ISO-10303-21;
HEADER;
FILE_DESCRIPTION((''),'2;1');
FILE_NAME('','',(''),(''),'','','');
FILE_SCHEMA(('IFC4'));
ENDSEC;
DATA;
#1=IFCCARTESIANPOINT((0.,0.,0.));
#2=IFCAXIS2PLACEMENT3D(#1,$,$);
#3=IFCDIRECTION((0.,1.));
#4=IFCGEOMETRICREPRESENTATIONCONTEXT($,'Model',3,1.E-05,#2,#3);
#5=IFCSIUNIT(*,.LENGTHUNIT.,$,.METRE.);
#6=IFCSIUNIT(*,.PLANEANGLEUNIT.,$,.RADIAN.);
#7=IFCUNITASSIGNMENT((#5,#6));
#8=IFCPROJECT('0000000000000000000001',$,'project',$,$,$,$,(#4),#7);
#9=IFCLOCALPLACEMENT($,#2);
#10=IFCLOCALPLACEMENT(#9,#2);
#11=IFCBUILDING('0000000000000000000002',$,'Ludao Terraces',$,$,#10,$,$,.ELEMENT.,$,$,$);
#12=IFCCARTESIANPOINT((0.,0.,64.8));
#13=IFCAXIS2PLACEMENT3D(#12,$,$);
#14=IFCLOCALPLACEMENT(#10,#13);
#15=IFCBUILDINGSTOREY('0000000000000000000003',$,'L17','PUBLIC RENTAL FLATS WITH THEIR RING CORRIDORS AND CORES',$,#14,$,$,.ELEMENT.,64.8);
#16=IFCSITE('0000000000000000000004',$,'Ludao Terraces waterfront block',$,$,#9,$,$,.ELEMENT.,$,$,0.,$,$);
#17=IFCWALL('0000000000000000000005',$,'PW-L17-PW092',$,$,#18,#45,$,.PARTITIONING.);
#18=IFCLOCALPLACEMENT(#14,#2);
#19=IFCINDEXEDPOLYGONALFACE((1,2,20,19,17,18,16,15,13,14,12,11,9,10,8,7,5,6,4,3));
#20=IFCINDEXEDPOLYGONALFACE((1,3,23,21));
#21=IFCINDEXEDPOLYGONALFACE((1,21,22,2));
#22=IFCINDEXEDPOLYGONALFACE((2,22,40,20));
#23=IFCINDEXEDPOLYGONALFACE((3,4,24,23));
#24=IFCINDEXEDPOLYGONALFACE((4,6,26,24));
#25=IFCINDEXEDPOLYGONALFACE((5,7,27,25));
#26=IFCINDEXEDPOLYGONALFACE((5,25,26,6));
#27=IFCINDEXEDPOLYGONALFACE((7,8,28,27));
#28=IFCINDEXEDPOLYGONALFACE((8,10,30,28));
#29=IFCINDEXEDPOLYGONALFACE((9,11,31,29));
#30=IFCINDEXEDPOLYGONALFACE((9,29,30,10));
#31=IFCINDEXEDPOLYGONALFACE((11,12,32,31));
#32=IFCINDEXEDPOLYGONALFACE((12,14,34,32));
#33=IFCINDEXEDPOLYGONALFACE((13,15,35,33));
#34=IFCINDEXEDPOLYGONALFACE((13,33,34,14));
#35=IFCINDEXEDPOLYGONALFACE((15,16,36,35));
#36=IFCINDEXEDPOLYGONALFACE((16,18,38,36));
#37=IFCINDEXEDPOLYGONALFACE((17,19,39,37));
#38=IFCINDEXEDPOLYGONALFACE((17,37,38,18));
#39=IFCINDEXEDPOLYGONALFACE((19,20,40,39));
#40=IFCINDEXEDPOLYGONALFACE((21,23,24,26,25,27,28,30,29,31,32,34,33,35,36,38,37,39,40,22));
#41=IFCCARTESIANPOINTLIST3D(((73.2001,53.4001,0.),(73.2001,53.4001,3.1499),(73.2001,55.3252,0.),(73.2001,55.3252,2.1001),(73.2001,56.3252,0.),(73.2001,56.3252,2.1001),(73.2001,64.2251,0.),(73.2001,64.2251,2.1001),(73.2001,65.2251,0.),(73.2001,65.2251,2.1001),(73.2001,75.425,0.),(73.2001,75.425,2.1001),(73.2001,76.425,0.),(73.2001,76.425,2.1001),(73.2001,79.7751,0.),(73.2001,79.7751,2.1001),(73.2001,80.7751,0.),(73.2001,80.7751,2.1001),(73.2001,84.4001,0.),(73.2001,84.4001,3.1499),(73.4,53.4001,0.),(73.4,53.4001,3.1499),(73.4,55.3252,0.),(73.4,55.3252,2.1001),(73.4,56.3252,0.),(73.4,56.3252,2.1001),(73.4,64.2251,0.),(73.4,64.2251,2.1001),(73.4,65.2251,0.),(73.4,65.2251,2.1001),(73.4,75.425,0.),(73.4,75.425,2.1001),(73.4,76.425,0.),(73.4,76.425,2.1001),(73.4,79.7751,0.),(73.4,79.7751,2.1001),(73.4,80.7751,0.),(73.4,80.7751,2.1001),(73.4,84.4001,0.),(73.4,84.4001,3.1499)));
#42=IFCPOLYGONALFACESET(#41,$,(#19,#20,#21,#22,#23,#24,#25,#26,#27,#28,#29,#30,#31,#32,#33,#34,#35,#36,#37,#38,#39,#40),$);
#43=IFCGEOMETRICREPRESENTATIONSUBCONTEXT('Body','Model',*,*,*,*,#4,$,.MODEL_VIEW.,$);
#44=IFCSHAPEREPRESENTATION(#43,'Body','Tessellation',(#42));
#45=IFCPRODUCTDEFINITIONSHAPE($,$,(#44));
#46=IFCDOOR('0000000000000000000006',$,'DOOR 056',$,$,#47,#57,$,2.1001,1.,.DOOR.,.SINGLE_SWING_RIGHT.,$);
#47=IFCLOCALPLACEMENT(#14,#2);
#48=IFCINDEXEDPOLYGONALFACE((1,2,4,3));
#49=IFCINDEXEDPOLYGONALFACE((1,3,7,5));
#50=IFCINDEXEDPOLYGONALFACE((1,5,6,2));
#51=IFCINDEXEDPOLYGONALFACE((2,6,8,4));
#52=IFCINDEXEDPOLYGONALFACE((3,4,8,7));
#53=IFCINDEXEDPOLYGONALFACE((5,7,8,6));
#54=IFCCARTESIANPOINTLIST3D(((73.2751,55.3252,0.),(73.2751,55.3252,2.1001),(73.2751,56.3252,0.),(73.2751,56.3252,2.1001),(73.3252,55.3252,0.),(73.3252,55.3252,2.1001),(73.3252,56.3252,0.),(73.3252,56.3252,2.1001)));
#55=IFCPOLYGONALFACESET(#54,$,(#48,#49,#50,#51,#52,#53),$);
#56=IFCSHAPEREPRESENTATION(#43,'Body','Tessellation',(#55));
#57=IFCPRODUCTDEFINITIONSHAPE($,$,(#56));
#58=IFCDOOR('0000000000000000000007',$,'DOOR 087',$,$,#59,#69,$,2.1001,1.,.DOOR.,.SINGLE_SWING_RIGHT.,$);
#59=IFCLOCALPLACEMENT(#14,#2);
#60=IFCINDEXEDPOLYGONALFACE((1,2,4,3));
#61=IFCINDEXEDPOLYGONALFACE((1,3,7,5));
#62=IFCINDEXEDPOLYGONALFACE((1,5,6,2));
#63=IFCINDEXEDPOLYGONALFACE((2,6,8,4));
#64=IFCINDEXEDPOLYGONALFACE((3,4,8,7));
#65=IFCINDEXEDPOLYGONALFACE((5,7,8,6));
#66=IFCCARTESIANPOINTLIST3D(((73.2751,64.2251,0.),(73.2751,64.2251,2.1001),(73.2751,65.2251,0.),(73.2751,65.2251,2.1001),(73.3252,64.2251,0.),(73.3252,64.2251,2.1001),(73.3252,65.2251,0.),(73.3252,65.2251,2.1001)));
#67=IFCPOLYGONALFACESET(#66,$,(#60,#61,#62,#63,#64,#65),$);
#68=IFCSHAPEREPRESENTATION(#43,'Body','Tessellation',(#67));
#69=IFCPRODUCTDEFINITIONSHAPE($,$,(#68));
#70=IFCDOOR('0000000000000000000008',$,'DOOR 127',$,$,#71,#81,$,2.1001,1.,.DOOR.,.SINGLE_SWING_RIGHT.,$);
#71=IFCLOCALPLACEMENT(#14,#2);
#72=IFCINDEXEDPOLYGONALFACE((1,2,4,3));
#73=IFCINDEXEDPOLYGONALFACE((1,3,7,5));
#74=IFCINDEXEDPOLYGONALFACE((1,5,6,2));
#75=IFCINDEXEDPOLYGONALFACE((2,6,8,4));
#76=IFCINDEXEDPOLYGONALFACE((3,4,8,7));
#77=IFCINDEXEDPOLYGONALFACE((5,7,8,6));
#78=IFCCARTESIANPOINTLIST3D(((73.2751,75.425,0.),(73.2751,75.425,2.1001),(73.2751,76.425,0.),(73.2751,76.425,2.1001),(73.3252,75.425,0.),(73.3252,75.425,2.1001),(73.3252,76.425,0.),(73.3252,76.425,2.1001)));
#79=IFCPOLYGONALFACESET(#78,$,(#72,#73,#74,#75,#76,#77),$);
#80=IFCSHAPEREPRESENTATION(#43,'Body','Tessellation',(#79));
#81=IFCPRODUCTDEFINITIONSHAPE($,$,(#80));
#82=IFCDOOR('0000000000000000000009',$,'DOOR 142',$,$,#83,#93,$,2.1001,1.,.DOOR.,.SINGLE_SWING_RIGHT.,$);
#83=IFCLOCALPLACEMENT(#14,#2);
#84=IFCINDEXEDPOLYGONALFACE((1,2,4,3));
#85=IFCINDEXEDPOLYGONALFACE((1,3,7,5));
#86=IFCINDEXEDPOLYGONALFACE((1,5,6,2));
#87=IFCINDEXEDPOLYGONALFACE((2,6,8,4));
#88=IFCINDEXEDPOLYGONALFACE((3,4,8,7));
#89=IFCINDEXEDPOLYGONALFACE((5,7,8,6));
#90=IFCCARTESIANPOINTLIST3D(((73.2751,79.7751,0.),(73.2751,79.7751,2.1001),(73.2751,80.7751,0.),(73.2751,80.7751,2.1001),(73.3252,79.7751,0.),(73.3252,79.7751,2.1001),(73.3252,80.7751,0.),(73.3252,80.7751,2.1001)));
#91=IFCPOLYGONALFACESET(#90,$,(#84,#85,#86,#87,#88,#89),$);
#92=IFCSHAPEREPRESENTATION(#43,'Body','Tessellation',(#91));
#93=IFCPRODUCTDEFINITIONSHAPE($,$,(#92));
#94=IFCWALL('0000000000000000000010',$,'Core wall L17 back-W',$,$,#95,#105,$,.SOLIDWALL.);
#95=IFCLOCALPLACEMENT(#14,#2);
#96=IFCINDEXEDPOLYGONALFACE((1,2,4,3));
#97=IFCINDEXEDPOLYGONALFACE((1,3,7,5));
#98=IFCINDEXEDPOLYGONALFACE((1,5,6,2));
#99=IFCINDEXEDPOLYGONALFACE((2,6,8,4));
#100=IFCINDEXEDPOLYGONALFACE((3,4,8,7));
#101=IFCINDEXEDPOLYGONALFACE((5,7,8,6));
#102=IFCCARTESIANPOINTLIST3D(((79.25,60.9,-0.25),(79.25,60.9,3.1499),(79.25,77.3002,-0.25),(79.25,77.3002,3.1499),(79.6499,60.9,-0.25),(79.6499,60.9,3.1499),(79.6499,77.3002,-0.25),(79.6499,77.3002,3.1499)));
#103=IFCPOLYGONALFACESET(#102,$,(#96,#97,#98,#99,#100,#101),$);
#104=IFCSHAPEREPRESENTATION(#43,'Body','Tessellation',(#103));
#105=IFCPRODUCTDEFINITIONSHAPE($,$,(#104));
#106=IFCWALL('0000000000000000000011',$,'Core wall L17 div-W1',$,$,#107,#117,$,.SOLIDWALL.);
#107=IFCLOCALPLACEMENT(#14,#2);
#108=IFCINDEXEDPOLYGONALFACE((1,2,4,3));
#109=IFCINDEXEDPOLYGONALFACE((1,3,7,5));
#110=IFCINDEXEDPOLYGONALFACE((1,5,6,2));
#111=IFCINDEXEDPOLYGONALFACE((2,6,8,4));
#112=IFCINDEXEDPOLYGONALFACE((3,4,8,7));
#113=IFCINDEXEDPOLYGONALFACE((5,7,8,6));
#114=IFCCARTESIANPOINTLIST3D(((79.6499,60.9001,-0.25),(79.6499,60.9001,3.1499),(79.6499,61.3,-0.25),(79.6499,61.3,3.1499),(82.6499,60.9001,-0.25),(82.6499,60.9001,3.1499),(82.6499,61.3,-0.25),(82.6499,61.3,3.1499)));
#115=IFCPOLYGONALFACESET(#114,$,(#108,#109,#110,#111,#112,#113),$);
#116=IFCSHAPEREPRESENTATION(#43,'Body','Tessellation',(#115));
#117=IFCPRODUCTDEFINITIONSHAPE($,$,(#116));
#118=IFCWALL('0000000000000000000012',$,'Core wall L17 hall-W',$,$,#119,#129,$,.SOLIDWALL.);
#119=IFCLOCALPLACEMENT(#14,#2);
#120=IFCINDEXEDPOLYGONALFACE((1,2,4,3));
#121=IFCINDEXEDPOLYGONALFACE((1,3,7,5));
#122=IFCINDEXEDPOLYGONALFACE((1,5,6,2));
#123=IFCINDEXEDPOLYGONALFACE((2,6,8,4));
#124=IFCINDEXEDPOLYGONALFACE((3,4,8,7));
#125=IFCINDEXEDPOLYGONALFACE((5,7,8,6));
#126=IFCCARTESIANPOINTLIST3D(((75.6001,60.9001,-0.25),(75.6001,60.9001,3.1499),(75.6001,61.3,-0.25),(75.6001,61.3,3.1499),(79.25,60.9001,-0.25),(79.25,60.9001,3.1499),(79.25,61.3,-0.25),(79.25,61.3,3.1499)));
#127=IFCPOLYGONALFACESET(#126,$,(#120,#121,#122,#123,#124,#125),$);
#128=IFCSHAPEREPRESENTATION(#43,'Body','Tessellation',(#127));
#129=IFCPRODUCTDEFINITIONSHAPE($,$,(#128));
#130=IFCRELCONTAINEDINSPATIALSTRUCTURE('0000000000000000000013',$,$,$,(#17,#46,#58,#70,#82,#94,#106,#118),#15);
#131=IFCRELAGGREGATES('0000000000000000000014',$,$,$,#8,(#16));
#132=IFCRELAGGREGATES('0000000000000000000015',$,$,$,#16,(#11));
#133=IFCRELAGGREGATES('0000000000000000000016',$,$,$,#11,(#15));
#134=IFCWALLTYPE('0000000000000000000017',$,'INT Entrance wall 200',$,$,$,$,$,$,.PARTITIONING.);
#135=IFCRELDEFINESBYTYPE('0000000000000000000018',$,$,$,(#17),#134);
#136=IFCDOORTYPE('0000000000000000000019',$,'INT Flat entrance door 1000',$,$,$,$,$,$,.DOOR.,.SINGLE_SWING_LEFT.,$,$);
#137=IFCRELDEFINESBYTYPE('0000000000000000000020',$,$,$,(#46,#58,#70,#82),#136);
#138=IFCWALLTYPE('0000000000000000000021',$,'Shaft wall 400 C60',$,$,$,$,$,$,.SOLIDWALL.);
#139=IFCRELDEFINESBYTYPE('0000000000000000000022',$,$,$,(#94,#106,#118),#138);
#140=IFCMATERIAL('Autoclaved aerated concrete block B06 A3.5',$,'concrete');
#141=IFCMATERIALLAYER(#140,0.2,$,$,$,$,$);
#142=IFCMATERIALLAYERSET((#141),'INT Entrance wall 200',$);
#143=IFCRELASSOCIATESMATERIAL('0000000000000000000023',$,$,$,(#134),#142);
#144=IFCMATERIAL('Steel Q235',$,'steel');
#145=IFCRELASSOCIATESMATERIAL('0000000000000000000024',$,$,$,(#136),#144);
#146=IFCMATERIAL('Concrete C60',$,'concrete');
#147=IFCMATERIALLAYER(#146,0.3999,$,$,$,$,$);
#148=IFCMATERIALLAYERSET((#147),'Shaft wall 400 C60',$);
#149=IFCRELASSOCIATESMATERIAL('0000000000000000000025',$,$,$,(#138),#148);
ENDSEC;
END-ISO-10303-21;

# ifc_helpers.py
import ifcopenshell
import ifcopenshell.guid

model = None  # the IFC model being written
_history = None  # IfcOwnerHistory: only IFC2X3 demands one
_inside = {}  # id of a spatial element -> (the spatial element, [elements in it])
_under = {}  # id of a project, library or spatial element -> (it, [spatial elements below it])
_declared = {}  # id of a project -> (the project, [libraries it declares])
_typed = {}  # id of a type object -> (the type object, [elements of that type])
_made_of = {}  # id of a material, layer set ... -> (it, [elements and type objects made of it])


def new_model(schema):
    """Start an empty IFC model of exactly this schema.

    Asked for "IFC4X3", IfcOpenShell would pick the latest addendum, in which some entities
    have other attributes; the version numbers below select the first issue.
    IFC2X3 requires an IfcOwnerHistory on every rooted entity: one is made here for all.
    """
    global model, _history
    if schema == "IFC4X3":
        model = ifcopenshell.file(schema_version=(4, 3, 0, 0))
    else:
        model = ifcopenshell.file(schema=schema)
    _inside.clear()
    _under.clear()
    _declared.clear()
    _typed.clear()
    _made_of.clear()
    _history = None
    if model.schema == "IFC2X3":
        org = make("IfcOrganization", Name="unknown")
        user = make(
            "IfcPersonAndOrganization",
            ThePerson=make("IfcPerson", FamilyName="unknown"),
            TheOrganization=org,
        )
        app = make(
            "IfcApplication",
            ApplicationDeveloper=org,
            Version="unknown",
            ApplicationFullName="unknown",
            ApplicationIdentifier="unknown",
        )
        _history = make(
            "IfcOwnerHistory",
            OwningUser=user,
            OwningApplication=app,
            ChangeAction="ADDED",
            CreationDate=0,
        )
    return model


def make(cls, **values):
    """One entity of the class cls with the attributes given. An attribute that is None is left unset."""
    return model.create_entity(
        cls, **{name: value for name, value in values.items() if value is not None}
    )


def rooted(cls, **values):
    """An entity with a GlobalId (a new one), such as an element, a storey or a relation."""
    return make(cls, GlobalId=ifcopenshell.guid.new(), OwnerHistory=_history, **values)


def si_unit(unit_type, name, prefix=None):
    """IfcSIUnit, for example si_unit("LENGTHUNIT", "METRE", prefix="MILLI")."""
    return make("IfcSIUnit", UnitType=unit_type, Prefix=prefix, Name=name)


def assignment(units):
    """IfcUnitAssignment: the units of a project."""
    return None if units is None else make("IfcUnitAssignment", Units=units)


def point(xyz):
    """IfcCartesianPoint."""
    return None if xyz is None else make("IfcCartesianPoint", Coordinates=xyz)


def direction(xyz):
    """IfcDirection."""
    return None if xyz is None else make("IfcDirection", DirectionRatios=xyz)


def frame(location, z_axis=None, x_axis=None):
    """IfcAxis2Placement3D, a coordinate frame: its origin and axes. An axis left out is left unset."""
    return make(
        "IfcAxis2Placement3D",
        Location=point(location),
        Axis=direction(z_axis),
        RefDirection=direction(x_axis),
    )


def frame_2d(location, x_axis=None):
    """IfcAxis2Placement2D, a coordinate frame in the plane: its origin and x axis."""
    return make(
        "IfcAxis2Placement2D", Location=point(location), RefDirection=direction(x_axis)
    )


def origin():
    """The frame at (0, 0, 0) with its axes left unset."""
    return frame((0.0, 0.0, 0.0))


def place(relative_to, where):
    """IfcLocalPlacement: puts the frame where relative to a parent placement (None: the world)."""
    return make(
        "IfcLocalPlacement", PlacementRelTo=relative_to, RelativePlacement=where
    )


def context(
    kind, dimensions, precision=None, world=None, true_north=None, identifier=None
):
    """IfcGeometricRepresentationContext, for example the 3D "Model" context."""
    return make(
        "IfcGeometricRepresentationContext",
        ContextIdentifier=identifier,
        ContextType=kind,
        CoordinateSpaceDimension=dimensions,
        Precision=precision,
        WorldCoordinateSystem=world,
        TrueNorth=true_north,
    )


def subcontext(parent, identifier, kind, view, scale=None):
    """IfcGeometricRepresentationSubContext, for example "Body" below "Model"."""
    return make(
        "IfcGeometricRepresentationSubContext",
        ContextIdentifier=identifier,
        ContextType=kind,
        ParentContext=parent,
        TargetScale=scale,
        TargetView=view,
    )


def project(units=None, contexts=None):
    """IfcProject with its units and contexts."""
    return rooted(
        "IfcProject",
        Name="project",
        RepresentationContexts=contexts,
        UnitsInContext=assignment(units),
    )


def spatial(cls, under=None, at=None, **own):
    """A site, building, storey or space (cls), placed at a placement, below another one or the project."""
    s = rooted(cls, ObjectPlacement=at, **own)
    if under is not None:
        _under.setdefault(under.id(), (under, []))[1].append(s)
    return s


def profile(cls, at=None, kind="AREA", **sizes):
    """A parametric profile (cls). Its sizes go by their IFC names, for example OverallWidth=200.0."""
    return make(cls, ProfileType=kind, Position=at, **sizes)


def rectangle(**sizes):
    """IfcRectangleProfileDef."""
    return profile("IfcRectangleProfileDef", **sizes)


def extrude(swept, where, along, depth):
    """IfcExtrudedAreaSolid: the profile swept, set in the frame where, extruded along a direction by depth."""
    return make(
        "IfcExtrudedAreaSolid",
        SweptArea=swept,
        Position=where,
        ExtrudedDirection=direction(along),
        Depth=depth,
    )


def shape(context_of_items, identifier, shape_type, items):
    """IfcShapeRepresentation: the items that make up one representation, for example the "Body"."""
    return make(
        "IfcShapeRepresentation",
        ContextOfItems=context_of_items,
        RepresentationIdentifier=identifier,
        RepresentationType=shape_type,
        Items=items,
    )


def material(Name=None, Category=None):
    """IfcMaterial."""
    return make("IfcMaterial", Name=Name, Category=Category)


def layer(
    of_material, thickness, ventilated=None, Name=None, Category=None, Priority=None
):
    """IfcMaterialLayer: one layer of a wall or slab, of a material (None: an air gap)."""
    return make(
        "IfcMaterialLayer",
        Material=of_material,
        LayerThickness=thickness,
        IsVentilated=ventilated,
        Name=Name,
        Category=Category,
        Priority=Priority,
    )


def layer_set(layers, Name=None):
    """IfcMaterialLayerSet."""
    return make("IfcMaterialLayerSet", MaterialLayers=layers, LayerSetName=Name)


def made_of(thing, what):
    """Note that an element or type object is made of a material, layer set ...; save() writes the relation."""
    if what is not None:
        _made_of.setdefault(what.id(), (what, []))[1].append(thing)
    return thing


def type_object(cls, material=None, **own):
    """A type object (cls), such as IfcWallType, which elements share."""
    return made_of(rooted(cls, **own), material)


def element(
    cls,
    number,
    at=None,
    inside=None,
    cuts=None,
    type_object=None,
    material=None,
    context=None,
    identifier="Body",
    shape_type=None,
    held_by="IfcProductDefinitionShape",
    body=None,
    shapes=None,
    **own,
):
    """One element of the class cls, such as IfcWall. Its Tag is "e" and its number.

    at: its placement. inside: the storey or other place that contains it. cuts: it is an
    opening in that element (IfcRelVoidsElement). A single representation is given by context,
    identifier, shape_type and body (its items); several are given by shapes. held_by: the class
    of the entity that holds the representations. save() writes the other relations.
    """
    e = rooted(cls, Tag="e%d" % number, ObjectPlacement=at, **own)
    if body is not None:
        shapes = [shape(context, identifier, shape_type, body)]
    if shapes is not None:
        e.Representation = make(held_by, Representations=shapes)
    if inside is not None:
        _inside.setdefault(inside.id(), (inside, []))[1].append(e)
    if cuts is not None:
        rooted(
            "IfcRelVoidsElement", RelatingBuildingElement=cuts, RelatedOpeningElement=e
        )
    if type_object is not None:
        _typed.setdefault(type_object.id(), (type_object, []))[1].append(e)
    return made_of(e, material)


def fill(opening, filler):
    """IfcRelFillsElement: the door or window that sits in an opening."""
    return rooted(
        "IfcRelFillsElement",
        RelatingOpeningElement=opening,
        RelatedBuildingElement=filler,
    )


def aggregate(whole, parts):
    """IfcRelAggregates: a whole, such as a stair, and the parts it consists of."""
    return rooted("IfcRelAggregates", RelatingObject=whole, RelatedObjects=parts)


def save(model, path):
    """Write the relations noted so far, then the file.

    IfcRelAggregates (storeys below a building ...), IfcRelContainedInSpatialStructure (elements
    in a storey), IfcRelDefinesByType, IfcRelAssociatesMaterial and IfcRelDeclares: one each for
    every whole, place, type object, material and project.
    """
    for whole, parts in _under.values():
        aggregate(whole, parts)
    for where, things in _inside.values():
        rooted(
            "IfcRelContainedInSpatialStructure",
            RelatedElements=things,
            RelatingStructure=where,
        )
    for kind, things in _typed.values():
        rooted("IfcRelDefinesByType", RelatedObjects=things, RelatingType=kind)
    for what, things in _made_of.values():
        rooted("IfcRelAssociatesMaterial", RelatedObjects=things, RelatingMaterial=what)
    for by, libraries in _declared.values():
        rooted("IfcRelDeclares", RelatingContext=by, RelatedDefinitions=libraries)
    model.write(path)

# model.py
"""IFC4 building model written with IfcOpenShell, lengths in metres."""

from ifc_helpers import new_model, si_unit, direction, frame, frame_2d, origin, place, context, subcontext, project, spatial, rectangle, extrude, material, layer, layer_set, type_object, element, fill, save


model = new_model("IFC4")

# Units and contexts
model_context = context("Model", 3, precision=1e-05, world=origin(), true_north=direction((0.0, 1.0)))
body_context = subcontext(model_context, "Body", "Model", "MODEL_VIEW")
ifc_project = project(units=[si_unit("LENGTHUNIT", "METRE"), si_unit("PLANEANGLEUNIT", "RADIAN")], contexts=[model_context])

# Site, building, storey
site_placement = place(None, origin())
site = spatial("IfcSite", under=ifc_project, at=site_placement, Name="Ludao Terraces waterfront block", CompositionType="ELEMENT", RefElevation=0.0)
building_placement = place(site_placement, origin())
building = spatial("IfcBuilding", under=site, at=building_placement, Name="Ludao Terraces", CompositionType="ELEMENT")
storey_placement = place(building_placement, frame((0.0, 0.0, 64.8)))
storey = spatial("IfcBuildingStorey", under=building, at=storey_placement, Name="L17", Description="PUBLIC RENTAL FLATS WITH THEIR RING CORRIDORS AND CORES", CompositionType="ELEMENT", Elevation=64.8)

# Shared definitions
ifc_material_1 = material(Name="Steel Q235", Category="steel")

# Wall, openings, doors
ifc_material_2 = material(Name="Autoclaved aerated concrete block B06 A3.5", Category="concrete")
ifc_layer_1 = layer(ifc_material_2, 0.2)
ifc_layer_set_1 = layer_set([ifc_layer_1], Name="INT Entrance wall 200")
wall_type_1 = type_object("IfcWallType", Name="INT Entrance wall 200", PredefinedType="PARTITIONING", material=ifc_layer_set_1)
wall_1_placement = place(storey_placement, frame((73.3, 53.4001, 0.0), z_axis=(0.0, 0.0, 1.0), x_axis=(0.0, 1.0, 0.0)))
wall_1 = element("IfcWall", 1, at=wall_1_placement, inside=storey, type_object=wall_type_1, Name="PW-L17-PW092", PredefinedType="PARTITIONING", context=body_context, shape_type="SweptSolid", body=[
    extrude(rectangle(XDim=31.0, YDim=0.2, at=frame_2d((15.5, 0.0))), origin(), (0.0, 0.0, 1.0), 3.1499),
])
opening_1_placement = place(wall_1_placement, frame((1.925, 0.0, 0.0)))
opening_1 = element("IfcOpeningElement", 2, at=opening_1_placement, cuts=wall_1, PredefinedType="OPENING", context=body_context, shape_type="SweptSolid", body=[
    extrude(rectangle(XDim=1.0, YDim=2.1001, at=frame_2d((0.5, 1.05))), frame((0.0, 0.1099, 0.0), z_axis=(0.0, -1.0, 0.0), x_axis=(1.0, 0.0, 0.0)), (0.0, 0.0, 1.0), 0.22),
])
opening_2_placement = place(wall_1_placement, frame((10.825, 0.0, 0.0)))
opening_2 = element("IfcOpeningElement", 3, at=opening_2_placement, cuts=wall_1, PredefinedType="OPENING", context=body_context, shape_type="SweptSolid", body=[
    extrude(rectangle(XDim=1.0, YDim=2.1001, at=frame_2d((0.5, 1.05))), frame((0.0, 0.1099, 0.0), z_axis=(0.0, -1.0, 0.0), x_axis=(1.0, 0.0, 0.0)), (0.0, 0.0, 1.0), 0.22),
])
opening_3_placement = place(wall_1_placement, frame((22.0249, 0.0, 0.0)))
opening_3 = element("IfcOpeningElement", 4, at=opening_3_placement, cuts=wall_1, PredefinedType="OPENING", context=body_context, shape_type="SweptSolid", body=[
    extrude(rectangle(XDim=1.0, YDim=2.1001, at=frame_2d((0.5, 1.05))), frame((0.0, 0.1099, 0.0), z_axis=(0.0, -1.0, 0.0), x_axis=(1.0, 0.0, 0.0)), (0.0, 0.0, 1.0), 0.22),
])
opening_4_placement = place(wall_1_placement, frame((26.375, 0.0, 0.0)))
opening_4 = element("IfcOpeningElement", 5, at=opening_4_placement, cuts=wall_1, PredefinedType="OPENING", context=body_context, shape_type="SweptSolid", body=[
    extrude(rectangle(XDim=1.0, YDim=2.1001, at=frame_2d((0.5, 1.05))), frame((0.0, 0.1099, 0.0), z_axis=(0.0, -1.0, 0.0), x_axis=(1.0, 0.0, 0.0)), (0.0, 0.0, 1.0), 0.22),
])
door_type_1 = type_object("IfcDoorType", Name="INT Flat entrance door 1000", OperationType="SINGLE_SWING_LEFT", PredefinedType="DOOR", material=ifc_material_1)
door_1_placement = place(opening_1_placement, origin())
door_1 = element("IfcDoor", 6, at=door_1_placement, inside=storey, type_object=door_type_1, Name="DOOR 056", OperationType="SINGLE_SWING_RIGHT", OverallHeight=2.1001, OverallWidth=1.0, PredefinedType="DOOR", context=body_context, shape_type="SweptSolid", body=[
    extrude(rectangle(XDim=1.0, YDim=2.1001, at=frame_2d((0.5, 1.05))), frame((0.0, 0.0249, 0.0), z_axis=(0.0, -1.0, 0.0), x_axis=(1.0, 0.0, 0.0)), (0.0, 0.0, 1.0), 0.05),
])
fill(opening_1, door_1)
door_2_placement = place(opening_2_placement, origin())
door_2 = element("IfcDoor", 7, at=door_2_placement, inside=storey, type_object=door_type_1, Name="DOOR 087", OperationType="SINGLE_SWING_RIGHT", OverallHeight=2.1001, OverallWidth=1.0, PredefinedType="DOOR", context=body_context, shape_type="SweptSolid", body=[
    extrude(rectangle(XDim=1.0, YDim=2.1001, at=frame_2d((0.5, 1.05))), frame((0.0, 0.0249, 0.0), z_axis=(0.0, -1.0, 0.0), x_axis=(1.0, 0.0, 0.0)), (0.0, 0.0, 1.0), 0.05),
])
fill(opening_2, door_2)
door_3_placement = place(opening_3_placement, origin())
door_3 = element("IfcDoor", 8, at=door_3_placement, inside=storey, type_object=door_type_1, Name="DOOR 127", OperationType="SINGLE_SWING_RIGHT", OverallHeight=2.1001, OverallWidth=1.0, PredefinedType="DOOR", context=body_context, shape_type="SweptSolid", body=[
    extrude(rectangle(XDim=1.0, YDim=2.1001, at=frame_2d((0.5, 1.05))), frame((0.0, 0.0249, 0.0), z_axis=(0.0, -1.0, 0.0), x_axis=(1.0, 0.0, 0.0)), (0.0, 0.0, 1.0), 0.05),
])
fill(opening_3, door_3)
door_4_placement = place(opening_4_placement, origin())
door_4 = element("IfcDoor", 9, at=door_4_placement, inside=storey, type_object=door_type_1, Name="DOOR 142", OperationType="SINGLE_SWING_RIGHT", OverallHeight=2.1001, OverallWidth=1.0, PredefinedType="DOOR", context=body_context, shape_type="SweptSolid", body=[
    extrude(rectangle(XDim=1.0, YDim=2.1001, at=frame_2d((0.5, 1.05))), frame((0.0, 0.0249, 0.0), z_axis=(0.0, -1.0, 0.0), x_axis=(1.0, 0.0, 0.0)), (0.0, 0.0, 1.0), 0.05),
])
fill(opening_4, door_4)

# Walls
ifc_material_3 = material(Name="Concrete C60", Category="concrete")
ifc_layer_2 = layer(ifc_material_3, 0.3999)
ifc_layer_set_2 = layer_set([ifc_layer_2], Name="Shaft wall 400 C60")
wall_type_2 = type_object("IfcWallType", Name="Shaft wall 400 C60", PredefinedType="SOLIDWALL", material=ifc_layer_set_2)
wall_2_placement = place(storey_placement, frame((79.45, 60.8999, -0.25), z_axis=(0.0, 0.0, 1.0), x_axis=(0.0, 1.0, 0.0)))
element("IfcWall", 10, at=wall_2_placement, inside=storey, type_object=wall_type_2, Name="Core wall L17 back-W", PredefinedType="SOLIDWALL", context=body_context, shape_type="SweptSolid", body=[
    extrude(rectangle(XDim=16.4001, YDim=0.3999, at=frame_2d((8.2002, 0.0))), origin(), (0.0, 0.0, 1.0), 3.3999),
])
wall_3_placement = place(storey_placement, frame((79.6499, 61.1001, -0.25), z_axis=(0.0, 0.0, 1.0), x_axis=(1.0, 0.0, 0.0)))
element("IfcWall", 11, at=wall_3_placement, inside=storey, type_object=wall_type_2, Name="Core wall L17 div-W1", PredefinedType="SOLIDWALL", context=body_context, shape_type="SweptSolid", body=[
    extrude(rectangle(XDim=3.0, YDim=0.3999, at=frame_2d((1.5, 0.0))), origin(), (0.0, 0.0, 1.0), 3.3999),
])
wall_4_placement = place(storey_placement, frame((75.6001, 61.1001, -0.25), z_axis=(0.0, 0.0, 1.0), x_axis=(1.0, 0.0, 0.0)))
element("IfcWall", 12, at=wall_4_placement, inside=storey, type_object=wall_type_2, Name="Core wall L17 hall-W", PredefinedType="SOLIDWALL", context=body_context, shape_type="SweptSolid", body=[
    extrude(rectangle(XDim=3.6499, YDim=0.3999, at=frame_2d((1.825, 0.0))), origin(), (0.0, 0.0, 1.0), 3.3999),
])

save(model, "model.ifc")
